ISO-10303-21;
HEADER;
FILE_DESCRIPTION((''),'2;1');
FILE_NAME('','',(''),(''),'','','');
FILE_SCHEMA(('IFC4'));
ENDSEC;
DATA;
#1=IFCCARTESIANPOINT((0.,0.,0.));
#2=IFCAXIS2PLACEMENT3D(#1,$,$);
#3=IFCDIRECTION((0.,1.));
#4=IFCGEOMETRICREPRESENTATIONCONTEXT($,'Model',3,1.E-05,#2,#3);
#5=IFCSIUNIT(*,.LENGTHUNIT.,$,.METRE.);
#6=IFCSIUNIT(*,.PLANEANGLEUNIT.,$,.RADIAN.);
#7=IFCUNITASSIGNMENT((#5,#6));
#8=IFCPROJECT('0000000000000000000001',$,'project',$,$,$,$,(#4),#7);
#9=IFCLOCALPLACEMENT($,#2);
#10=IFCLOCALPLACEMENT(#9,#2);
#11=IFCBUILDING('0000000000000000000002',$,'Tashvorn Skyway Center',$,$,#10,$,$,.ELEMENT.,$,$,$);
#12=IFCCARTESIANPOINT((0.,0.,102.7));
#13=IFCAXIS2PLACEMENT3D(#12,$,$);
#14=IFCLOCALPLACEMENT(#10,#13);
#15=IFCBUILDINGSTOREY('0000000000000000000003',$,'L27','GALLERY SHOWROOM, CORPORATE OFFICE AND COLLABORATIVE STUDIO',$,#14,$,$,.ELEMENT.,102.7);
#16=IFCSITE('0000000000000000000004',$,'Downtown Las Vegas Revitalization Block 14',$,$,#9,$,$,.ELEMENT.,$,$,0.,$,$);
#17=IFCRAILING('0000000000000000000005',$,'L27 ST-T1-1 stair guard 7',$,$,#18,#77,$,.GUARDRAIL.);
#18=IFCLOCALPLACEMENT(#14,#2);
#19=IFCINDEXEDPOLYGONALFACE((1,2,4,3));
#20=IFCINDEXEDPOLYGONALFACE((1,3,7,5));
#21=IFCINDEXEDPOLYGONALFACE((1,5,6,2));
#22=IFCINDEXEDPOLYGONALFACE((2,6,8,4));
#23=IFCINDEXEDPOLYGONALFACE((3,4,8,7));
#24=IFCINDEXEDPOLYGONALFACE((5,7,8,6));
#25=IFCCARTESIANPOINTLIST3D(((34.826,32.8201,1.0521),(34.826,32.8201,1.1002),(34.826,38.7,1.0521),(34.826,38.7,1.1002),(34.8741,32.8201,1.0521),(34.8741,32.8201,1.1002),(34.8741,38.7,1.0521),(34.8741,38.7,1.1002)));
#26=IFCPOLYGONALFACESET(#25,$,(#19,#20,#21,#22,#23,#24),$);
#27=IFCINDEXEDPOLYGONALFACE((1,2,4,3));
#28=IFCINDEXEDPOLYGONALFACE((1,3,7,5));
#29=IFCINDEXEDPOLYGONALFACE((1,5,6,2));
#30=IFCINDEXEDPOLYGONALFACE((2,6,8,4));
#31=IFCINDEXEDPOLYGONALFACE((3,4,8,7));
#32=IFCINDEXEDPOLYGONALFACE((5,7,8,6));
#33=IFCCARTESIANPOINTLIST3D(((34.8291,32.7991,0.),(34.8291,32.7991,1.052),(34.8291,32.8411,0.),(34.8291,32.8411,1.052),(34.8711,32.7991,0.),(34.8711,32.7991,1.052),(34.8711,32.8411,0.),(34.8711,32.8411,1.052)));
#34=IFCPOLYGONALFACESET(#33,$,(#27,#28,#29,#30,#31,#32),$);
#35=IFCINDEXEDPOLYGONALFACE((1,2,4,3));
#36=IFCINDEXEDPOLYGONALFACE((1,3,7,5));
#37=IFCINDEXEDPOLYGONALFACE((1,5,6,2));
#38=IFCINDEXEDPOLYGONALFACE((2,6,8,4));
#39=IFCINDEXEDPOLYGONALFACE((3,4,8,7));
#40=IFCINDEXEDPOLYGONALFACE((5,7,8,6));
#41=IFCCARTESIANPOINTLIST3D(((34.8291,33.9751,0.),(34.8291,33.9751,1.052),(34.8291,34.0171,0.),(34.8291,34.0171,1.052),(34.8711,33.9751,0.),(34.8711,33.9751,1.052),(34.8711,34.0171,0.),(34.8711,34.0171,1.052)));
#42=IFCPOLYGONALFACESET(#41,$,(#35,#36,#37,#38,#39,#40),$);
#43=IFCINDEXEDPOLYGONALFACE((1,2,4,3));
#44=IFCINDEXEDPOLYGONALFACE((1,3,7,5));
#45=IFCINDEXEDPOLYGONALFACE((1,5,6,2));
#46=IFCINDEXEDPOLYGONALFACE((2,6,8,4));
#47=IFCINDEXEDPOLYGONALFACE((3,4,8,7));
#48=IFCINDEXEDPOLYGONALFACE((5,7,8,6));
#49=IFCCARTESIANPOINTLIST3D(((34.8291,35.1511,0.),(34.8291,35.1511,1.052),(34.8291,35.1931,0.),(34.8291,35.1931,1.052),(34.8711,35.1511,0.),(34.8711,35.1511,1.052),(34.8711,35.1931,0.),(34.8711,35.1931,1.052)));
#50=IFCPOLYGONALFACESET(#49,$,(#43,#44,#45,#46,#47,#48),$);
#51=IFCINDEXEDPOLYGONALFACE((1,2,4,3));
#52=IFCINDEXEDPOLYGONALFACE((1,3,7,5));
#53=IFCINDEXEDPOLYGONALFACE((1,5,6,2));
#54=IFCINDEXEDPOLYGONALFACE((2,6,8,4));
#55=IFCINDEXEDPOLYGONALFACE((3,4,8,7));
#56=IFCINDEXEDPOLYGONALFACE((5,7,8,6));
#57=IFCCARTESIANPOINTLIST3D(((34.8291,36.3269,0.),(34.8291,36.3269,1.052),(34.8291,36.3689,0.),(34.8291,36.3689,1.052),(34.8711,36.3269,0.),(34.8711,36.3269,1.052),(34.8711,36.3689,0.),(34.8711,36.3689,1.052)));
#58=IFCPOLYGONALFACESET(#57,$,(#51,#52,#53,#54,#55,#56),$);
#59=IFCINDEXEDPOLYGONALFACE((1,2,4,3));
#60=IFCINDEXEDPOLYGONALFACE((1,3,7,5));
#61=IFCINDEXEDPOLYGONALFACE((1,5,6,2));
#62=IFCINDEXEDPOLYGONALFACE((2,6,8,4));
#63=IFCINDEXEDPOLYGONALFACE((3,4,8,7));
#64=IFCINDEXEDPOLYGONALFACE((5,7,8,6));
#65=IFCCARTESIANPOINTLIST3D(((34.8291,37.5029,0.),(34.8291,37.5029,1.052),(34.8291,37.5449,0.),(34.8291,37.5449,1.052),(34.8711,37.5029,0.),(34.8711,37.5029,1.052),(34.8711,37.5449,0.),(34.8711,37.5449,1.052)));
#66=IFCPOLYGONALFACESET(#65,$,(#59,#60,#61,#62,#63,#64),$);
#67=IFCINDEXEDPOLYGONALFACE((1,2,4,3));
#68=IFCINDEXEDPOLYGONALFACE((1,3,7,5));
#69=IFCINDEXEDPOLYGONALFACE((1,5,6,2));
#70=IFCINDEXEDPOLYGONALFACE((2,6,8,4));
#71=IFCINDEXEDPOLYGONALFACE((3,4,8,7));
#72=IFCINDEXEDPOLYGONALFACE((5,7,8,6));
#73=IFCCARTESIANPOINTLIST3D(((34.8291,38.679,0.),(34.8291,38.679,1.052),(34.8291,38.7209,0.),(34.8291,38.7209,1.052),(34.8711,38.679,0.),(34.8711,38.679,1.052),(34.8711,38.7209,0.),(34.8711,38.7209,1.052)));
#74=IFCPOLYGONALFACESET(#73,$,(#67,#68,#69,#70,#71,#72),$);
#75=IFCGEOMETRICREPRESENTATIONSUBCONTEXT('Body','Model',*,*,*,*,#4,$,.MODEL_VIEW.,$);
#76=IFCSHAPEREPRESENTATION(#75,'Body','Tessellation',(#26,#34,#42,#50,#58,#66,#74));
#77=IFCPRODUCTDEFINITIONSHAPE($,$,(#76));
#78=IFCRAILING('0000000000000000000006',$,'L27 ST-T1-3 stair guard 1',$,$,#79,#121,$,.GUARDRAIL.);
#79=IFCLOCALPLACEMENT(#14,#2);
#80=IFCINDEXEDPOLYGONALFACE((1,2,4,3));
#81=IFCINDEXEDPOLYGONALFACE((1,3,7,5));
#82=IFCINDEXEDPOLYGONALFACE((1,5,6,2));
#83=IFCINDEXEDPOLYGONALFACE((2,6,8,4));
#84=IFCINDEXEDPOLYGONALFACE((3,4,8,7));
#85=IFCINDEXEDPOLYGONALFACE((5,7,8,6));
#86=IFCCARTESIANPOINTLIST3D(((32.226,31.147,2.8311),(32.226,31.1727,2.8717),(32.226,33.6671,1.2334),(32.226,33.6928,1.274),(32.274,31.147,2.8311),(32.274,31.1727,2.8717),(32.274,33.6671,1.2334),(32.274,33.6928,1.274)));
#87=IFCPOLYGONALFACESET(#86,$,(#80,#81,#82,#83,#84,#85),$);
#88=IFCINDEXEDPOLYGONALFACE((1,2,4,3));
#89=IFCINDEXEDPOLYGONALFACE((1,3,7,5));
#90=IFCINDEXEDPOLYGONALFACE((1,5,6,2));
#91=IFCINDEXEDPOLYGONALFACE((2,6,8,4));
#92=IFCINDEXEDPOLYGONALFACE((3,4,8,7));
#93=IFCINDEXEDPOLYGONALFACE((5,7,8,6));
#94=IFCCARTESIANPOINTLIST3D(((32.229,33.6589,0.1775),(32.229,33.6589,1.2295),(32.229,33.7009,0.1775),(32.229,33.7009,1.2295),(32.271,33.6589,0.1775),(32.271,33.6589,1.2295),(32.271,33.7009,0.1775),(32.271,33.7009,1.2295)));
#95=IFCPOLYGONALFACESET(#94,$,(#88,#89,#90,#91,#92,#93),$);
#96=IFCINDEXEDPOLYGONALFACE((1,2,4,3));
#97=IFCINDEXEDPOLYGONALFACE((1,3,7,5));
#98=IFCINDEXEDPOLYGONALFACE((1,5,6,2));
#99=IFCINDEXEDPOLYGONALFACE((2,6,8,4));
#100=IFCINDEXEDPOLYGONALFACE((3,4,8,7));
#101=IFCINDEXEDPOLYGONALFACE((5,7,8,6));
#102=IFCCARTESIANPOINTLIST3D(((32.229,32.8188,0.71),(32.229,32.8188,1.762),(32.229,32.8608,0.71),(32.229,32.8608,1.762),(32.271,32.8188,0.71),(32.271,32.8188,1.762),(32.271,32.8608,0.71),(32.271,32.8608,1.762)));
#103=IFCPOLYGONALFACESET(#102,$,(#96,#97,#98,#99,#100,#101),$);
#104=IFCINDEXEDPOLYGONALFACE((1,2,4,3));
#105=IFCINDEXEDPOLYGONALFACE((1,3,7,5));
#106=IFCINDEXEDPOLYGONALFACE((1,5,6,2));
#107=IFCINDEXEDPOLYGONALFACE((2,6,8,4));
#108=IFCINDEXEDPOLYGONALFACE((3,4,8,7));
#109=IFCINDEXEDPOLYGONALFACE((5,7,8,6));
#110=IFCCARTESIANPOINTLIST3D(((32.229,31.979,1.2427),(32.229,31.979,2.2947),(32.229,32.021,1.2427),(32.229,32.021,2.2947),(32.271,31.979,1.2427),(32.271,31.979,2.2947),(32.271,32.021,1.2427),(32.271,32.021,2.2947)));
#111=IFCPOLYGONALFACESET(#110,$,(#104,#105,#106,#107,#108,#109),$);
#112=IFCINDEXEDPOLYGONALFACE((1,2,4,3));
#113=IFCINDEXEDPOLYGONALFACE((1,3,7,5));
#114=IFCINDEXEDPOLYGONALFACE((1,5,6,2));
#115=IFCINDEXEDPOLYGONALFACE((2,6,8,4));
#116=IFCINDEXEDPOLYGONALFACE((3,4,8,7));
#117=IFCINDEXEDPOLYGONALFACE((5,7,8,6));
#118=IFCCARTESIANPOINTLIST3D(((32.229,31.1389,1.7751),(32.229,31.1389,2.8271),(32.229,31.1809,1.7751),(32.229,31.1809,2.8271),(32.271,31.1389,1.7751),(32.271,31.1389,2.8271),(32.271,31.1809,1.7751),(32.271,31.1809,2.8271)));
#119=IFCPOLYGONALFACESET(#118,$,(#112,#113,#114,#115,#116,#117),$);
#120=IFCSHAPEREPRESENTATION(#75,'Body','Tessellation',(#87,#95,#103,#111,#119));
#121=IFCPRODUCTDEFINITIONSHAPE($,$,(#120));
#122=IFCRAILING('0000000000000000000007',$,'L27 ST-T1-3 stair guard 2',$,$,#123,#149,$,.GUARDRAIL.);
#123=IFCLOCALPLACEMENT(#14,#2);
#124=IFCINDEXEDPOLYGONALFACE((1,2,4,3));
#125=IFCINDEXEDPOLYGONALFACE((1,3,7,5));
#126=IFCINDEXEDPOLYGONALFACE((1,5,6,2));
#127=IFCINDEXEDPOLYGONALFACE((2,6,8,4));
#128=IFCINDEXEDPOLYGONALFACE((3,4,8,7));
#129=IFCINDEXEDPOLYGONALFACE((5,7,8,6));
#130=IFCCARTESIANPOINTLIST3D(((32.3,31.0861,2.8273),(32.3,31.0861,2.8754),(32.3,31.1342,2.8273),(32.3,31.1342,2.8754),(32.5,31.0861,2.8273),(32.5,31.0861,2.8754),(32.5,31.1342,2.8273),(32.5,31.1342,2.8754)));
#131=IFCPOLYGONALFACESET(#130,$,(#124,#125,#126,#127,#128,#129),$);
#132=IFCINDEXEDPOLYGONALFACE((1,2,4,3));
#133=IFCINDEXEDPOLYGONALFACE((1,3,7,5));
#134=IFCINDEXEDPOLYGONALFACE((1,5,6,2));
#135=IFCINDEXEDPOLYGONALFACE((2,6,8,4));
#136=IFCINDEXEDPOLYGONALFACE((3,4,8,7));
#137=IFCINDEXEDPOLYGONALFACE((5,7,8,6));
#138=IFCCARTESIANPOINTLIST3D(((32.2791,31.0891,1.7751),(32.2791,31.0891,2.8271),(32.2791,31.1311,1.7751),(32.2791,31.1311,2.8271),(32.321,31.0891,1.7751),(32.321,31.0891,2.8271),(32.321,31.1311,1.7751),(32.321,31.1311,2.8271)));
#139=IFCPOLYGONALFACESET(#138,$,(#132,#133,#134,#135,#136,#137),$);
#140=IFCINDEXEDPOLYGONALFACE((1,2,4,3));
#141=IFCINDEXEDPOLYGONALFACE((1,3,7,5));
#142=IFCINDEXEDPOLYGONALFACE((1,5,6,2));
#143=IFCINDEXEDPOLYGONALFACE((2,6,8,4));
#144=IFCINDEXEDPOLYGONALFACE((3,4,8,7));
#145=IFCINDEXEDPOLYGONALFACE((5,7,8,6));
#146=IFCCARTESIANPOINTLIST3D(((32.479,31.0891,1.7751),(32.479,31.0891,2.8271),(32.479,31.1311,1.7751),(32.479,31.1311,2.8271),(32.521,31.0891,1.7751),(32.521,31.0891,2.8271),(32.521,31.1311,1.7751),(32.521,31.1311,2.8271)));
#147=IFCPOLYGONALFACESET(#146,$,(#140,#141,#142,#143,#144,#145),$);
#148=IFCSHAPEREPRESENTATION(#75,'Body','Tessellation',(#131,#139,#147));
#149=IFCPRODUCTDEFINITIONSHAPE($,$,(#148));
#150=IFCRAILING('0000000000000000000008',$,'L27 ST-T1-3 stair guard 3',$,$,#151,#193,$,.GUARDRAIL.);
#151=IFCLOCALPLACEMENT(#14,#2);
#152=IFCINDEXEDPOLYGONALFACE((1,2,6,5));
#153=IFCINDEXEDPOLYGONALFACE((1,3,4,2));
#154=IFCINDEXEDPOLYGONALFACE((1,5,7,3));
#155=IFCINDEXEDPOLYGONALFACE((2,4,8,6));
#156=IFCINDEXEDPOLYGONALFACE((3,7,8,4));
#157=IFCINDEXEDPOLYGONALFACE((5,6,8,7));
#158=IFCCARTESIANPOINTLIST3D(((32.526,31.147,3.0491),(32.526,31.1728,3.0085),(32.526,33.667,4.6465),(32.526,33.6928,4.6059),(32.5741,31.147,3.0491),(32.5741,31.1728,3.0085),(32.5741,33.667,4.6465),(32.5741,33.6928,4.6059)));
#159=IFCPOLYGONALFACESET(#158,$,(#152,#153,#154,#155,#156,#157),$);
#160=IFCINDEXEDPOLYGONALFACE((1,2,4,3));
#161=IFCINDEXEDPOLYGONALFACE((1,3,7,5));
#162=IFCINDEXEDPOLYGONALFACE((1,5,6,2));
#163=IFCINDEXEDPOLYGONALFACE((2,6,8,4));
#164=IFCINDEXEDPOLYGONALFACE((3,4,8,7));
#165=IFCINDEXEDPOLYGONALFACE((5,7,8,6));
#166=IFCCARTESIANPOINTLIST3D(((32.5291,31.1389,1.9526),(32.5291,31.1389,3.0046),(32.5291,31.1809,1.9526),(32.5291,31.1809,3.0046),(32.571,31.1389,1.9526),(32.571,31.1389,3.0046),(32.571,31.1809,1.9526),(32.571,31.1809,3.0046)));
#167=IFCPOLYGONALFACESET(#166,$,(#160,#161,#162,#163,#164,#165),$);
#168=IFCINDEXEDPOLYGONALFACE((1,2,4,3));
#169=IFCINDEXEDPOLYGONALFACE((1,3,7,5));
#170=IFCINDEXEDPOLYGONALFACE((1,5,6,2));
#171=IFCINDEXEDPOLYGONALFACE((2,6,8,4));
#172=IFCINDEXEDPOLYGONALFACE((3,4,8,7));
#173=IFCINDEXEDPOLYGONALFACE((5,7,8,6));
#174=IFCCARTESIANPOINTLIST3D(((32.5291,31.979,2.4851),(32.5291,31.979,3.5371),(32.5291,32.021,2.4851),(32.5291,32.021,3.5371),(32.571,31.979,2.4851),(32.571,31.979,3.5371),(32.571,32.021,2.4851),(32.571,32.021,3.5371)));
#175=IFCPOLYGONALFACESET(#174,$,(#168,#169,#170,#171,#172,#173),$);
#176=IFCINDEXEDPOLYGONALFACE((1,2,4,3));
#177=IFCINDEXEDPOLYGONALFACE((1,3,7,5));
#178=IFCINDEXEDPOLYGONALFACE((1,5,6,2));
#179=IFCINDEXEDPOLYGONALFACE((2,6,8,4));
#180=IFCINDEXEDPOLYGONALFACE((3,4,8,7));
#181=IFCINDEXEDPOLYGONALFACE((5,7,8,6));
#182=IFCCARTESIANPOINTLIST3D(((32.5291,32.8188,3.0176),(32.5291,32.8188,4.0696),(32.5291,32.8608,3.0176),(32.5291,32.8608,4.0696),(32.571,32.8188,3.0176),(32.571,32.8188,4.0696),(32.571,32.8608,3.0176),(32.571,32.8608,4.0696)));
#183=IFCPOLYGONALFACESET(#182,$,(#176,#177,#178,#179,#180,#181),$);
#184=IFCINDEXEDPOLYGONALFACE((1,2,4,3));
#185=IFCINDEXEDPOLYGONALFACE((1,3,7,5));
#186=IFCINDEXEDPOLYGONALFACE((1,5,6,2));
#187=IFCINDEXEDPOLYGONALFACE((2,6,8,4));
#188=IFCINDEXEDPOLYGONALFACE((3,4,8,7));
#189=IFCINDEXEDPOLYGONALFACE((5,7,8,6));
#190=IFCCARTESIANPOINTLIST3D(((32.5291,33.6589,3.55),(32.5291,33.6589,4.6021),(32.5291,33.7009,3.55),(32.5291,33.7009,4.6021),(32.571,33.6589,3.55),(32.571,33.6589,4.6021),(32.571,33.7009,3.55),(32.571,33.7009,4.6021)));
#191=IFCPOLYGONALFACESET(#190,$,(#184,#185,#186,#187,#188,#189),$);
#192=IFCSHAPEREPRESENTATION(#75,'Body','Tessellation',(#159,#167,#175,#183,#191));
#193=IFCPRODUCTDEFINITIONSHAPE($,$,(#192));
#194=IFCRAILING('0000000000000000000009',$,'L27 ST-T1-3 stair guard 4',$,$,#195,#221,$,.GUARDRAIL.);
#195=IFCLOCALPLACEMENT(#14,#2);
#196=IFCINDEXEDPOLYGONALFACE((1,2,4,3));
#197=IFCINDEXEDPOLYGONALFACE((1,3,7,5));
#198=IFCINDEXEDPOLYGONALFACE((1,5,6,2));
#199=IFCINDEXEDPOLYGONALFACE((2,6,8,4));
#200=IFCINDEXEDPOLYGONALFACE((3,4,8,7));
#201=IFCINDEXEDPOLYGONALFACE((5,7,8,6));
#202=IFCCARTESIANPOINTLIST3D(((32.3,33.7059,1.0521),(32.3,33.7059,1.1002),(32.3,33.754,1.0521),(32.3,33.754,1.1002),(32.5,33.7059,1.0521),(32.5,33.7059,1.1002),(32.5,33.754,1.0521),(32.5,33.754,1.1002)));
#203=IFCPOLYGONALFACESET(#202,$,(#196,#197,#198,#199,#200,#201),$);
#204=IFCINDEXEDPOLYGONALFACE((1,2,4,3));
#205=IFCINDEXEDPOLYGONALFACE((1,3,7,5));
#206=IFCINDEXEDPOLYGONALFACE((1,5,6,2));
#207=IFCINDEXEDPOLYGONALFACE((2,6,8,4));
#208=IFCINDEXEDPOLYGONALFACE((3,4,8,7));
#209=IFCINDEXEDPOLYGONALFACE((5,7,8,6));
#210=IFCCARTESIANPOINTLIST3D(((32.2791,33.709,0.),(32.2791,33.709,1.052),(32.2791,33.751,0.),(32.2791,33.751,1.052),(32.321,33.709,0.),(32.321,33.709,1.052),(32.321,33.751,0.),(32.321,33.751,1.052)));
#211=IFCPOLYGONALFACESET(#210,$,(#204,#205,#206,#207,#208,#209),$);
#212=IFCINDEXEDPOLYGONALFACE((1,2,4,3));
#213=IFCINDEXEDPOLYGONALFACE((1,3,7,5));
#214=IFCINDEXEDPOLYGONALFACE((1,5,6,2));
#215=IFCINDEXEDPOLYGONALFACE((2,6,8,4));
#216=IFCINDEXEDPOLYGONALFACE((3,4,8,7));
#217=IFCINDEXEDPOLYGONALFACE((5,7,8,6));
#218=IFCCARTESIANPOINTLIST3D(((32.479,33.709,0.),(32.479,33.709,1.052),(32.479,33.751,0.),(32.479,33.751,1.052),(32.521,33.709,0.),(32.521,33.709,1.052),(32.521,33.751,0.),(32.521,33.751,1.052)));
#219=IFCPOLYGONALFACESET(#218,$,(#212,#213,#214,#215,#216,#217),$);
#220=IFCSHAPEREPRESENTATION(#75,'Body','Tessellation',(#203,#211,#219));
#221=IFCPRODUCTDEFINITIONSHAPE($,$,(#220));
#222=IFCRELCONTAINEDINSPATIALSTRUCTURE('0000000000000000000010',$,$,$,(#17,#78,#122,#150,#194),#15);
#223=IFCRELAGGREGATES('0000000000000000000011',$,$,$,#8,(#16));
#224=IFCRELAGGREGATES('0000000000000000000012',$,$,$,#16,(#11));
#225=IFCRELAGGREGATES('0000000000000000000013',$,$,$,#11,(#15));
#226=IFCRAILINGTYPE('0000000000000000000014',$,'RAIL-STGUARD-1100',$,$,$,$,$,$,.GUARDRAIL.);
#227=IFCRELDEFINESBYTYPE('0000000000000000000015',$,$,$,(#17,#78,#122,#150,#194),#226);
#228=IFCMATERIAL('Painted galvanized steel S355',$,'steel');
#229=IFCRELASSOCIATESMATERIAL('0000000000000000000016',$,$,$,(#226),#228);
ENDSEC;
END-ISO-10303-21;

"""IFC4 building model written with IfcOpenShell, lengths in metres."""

from ifc_helpers import new_model, si_unit, direction, frame, origin, origin_2d, place, context, subcontext, project, spatial, rectangle, extrude, material, type_object, element, save


model = new_model("IFC4")

# Units and contexts
model_context = context("Model", 3, precision=1e-05, world=origin(), true_north=direction((0.0, 1.0)))
body_context = subcontext(model_context, "Body", "Model", "MODEL_VIEW")
ifc_project = project(units=[si_unit("LENGTHUNIT", "METRE"), si_unit("PLANEANGLEUNIT", "RADIAN")], contexts=[model_context])

# Site, building, storey
site_placement = place(None, origin())
site = spatial("IfcSite", under=ifc_project, at=site_placement, Name="Downtown Las Vegas Revitalization Block 14", CompositionType="ELEMENT", RefElevation=0.0)
building_placement = place(site_placement, origin())
building = spatial("IfcBuilding", under=site, at=building_placement, Name="Tashvorn Skyway Center", CompositionType="ELEMENT")
storey_placement = place(building_placement, frame((0.0, 0.0, 102.7)))
storey = spatial("IfcBuildingStorey", under=building, at=storey_placement, Name="L27", Description="GALLERY SHOWROOM, CORPORATE OFFICE AND COLLABORATIVE STUDIO", CompositionType="ELEMENT", Elevation=102.7)

# Railings
ifc_material_1 = material(Name="Painted galvanized steel S355", Category="steel")
railing_type_1 = type_object("IfcRailingType", Name="RAIL-STGUARD-1100", PredefinedType="GUARDRAIL", material=ifc_material_1)
railing_1_placement = place(storey_placement, frame((34.8501, 32.8201, 0.0)))
element("IfcRailing", 1, at=railing_1_placement, inside=storey, type_object=railing_type_1, Name="L27 ST-T1-1 stair guard 7", PredefinedType="GUARDRAIL", context=body_context, shape_type="SweptSolid", body=[
    extrude(rectangle(XDim=0.0481, YDim=0.0481, at=origin_2d()), frame((0.0, 0.0, 1.0762), z_axis=(0.0, 1.0, 0.0), x_axis=(-1.0, 0.0, 0.0)), (0.0, 0.0, 1.0), 5.8799),
    extrude(rectangle(XDim=0.042, YDim=0.042, at=origin_2d()), origin(), (0.0, 0.0, 1.0), 1.052),
    extrude(rectangle(XDim=0.042, YDim=0.042, at=origin_2d()), frame((0.0, 1.176, 0.0)), (0.0, 0.0, 1.0), 1.052),
    extrude(rectangle(XDim=0.042, YDim=0.042, at=origin_2d()), frame((0.0, 2.3521, 0.0)), (0.0, 0.0, 1.0), 1.052),
    extrude(rectangle(XDim=0.042, YDim=0.042, at=origin_2d()), frame((0.0, 3.5278, 0.0)), (0.0, 0.0, 1.0), 1.052),
    extrude(rectangle(XDim=0.042, YDim=0.042, at=origin_2d()), frame((0.0, 4.7039, 0.0)), (0.0, 0.0, 1.0), 1.052),
    extrude(rectangle(XDim=0.042, YDim=0.042, at=origin_2d()), frame((0.0, 5.8799, 0.0)), (0.0, 0.0, 1.0), 1.052),
])
railing_2_placement = place(storey_placement, frame((32.25, 33.6799, 0.1775)))
element("IfcRailing", 2, at=railing_2_placement, inside=storey, type_object=railing_type_1, Name="L27 ST-T1-3 stair guard 1", PredefinedType="GUARDRAIL", context=body_context, shape_type="SweptSolid", body=[
    extrude(rectangle(XDim=0.0481, YDim=0.0481, at=origin_2d()), frame((0.0, 0.0, 1.0762), z_axis=(0.0, -0.84457, 0.535445), x_axis=(1.0, 0.0, 0.0)), (0.0, 0.0, 1.0), 2.9839),
    extrude(rectangle(XDim=0.042, YDim=0.042, at=origin_2d()), origin(), (0.0, 0.0, 1.0), 1.052),
    extrude(rectangle(XDim=0.042, YDim=0.042, at=origin_2d()), frame((0.0, -0.8401, 0.5325)), (0.0, 0.0, 1.0), 1.052),
    extrude(rectangle(XDim=0.042, YDim=0.042, at=origin_2d()), frame((0.0, -1.6799, 1.0652)), (0.0, 0.0, 1.0), 1.052),
    extrude(rectangle(XDim=0.042, YDim=0.042, at=origin_2d()), frame((0.0, -2.52, 1.5977)), (0.0, 0.0, 1.0), 1.052),
])
railing_3_placement = place(storey_placement, frame((32.3, 31.1101, 1.7751)))
element("IfcRailing", 3, at=railing_3_placement, inside=storey, type_object=railing_type_1, Name="L27 ST-T1-3 stair guard 2", PredefinedType="GUARDRAIL", context=body_context, shape_type="SweptSolid", body=[
    extrude(rectangle(XDim=0.0481, YDim=0.0481, at=origin_2d()), frame((0.0, 0.0, 1.0762), z_axis=(1.0, 0.0, 0.0), x_axis=(0.0, 1.0, 0.0)), (0.0, 0.0, 1.0), 0.2),
    extrude(rectangle(XDim=0.042, YDim=0.042, at=origin_2d()), origin(), (0.0, 0.0, 1.0), 1.052),
    extrude(rectangle(XDim=0.042, YDim=0.042, at=origin_2d()), frame((0.2, 0.0, 0.0)), (0.0, 0.0, 1.0), 1.052),
])
railing_4_placement = place(storey_placement, frame((32.55, 31.1599, 1.9526)))
element("IfcRailing", 4, at=railing_4_placement, inside=storey, type_object=railing_type_1, Name="L27 ST-T1-3 stair guard 3", PredefinedType="GUARDRAIL", context=body_context, shape_type="SweptSolid", body=[
    extrude(rectangle(XDim=0.0481, YDim=0.0481, at=origin_2d()), frame((0.0, 0.0, 1.0762), z_axis=(0.0, 0.844607, 0.535387), x_axis=(-1.0, 0.0, 0.0)), (0.0, 0.0, 1.0), 2.9836),
    extrude(rectangle(XDim=0.042, YDim=0.042, at=origin_2d()), origin(), (0.0, 0.0, 1.0), 1.052),
    extrude(rectangle(XDim=0.042, YDim=0.042, at=origin_2d()), frame((0.0, 0.8401, 0.5325)), (0.0, 0.0, 1.0), 1.052),
    extrude(rectangle(XDim=0.042, YDim=0.042, at=origin_2d()), frame((0.0, 1.6799, 1.0649)), (0.0, 0.0, 1.0), 1.052),
    extrude(rectangle(XDim=0.042, YDim=0.042, at=origin_2d()), frame((0.0, 2.52, 1.5974)), (0.0, 0.0, 1.0), 1.052),
])
railing_5_placement = place(storey_placement, frame((32.3, 33.73, 0.0)))
element("IfcRailing", 5, at=railing_5_placement, inside=storey, type_object=railing_type_1, Name="L27 ST-T1-3 stair guard 4", PredefinedType="GUARDRAIL", context=body_context, shape_type="SweptSolid", body=[
    extrude(rectangle(XDim=0.0481, YDim=0.0481, at=origin_2d()), frame((0.0, 0.0, 1.0762), z_axis=(1.0, 0.0, 0.0), x_axis=(0.0, 1.0, 0.0)), (0.0, 0.0, 1.0), 0.2),
    extrude(rectangle(XDim=0.042, YDim=0.042, at=origin_2d()), origin(), (0.0, 0.0, 1.0), 1.052),
    extrude(rectangle(XDim=0.042, YDim=0.042, at=origin_2d()), frame((0.2, 0.0, 0.0)), (0.0, 0.0, 1.0), 1.052),
])

save(model, "model.ifc")
